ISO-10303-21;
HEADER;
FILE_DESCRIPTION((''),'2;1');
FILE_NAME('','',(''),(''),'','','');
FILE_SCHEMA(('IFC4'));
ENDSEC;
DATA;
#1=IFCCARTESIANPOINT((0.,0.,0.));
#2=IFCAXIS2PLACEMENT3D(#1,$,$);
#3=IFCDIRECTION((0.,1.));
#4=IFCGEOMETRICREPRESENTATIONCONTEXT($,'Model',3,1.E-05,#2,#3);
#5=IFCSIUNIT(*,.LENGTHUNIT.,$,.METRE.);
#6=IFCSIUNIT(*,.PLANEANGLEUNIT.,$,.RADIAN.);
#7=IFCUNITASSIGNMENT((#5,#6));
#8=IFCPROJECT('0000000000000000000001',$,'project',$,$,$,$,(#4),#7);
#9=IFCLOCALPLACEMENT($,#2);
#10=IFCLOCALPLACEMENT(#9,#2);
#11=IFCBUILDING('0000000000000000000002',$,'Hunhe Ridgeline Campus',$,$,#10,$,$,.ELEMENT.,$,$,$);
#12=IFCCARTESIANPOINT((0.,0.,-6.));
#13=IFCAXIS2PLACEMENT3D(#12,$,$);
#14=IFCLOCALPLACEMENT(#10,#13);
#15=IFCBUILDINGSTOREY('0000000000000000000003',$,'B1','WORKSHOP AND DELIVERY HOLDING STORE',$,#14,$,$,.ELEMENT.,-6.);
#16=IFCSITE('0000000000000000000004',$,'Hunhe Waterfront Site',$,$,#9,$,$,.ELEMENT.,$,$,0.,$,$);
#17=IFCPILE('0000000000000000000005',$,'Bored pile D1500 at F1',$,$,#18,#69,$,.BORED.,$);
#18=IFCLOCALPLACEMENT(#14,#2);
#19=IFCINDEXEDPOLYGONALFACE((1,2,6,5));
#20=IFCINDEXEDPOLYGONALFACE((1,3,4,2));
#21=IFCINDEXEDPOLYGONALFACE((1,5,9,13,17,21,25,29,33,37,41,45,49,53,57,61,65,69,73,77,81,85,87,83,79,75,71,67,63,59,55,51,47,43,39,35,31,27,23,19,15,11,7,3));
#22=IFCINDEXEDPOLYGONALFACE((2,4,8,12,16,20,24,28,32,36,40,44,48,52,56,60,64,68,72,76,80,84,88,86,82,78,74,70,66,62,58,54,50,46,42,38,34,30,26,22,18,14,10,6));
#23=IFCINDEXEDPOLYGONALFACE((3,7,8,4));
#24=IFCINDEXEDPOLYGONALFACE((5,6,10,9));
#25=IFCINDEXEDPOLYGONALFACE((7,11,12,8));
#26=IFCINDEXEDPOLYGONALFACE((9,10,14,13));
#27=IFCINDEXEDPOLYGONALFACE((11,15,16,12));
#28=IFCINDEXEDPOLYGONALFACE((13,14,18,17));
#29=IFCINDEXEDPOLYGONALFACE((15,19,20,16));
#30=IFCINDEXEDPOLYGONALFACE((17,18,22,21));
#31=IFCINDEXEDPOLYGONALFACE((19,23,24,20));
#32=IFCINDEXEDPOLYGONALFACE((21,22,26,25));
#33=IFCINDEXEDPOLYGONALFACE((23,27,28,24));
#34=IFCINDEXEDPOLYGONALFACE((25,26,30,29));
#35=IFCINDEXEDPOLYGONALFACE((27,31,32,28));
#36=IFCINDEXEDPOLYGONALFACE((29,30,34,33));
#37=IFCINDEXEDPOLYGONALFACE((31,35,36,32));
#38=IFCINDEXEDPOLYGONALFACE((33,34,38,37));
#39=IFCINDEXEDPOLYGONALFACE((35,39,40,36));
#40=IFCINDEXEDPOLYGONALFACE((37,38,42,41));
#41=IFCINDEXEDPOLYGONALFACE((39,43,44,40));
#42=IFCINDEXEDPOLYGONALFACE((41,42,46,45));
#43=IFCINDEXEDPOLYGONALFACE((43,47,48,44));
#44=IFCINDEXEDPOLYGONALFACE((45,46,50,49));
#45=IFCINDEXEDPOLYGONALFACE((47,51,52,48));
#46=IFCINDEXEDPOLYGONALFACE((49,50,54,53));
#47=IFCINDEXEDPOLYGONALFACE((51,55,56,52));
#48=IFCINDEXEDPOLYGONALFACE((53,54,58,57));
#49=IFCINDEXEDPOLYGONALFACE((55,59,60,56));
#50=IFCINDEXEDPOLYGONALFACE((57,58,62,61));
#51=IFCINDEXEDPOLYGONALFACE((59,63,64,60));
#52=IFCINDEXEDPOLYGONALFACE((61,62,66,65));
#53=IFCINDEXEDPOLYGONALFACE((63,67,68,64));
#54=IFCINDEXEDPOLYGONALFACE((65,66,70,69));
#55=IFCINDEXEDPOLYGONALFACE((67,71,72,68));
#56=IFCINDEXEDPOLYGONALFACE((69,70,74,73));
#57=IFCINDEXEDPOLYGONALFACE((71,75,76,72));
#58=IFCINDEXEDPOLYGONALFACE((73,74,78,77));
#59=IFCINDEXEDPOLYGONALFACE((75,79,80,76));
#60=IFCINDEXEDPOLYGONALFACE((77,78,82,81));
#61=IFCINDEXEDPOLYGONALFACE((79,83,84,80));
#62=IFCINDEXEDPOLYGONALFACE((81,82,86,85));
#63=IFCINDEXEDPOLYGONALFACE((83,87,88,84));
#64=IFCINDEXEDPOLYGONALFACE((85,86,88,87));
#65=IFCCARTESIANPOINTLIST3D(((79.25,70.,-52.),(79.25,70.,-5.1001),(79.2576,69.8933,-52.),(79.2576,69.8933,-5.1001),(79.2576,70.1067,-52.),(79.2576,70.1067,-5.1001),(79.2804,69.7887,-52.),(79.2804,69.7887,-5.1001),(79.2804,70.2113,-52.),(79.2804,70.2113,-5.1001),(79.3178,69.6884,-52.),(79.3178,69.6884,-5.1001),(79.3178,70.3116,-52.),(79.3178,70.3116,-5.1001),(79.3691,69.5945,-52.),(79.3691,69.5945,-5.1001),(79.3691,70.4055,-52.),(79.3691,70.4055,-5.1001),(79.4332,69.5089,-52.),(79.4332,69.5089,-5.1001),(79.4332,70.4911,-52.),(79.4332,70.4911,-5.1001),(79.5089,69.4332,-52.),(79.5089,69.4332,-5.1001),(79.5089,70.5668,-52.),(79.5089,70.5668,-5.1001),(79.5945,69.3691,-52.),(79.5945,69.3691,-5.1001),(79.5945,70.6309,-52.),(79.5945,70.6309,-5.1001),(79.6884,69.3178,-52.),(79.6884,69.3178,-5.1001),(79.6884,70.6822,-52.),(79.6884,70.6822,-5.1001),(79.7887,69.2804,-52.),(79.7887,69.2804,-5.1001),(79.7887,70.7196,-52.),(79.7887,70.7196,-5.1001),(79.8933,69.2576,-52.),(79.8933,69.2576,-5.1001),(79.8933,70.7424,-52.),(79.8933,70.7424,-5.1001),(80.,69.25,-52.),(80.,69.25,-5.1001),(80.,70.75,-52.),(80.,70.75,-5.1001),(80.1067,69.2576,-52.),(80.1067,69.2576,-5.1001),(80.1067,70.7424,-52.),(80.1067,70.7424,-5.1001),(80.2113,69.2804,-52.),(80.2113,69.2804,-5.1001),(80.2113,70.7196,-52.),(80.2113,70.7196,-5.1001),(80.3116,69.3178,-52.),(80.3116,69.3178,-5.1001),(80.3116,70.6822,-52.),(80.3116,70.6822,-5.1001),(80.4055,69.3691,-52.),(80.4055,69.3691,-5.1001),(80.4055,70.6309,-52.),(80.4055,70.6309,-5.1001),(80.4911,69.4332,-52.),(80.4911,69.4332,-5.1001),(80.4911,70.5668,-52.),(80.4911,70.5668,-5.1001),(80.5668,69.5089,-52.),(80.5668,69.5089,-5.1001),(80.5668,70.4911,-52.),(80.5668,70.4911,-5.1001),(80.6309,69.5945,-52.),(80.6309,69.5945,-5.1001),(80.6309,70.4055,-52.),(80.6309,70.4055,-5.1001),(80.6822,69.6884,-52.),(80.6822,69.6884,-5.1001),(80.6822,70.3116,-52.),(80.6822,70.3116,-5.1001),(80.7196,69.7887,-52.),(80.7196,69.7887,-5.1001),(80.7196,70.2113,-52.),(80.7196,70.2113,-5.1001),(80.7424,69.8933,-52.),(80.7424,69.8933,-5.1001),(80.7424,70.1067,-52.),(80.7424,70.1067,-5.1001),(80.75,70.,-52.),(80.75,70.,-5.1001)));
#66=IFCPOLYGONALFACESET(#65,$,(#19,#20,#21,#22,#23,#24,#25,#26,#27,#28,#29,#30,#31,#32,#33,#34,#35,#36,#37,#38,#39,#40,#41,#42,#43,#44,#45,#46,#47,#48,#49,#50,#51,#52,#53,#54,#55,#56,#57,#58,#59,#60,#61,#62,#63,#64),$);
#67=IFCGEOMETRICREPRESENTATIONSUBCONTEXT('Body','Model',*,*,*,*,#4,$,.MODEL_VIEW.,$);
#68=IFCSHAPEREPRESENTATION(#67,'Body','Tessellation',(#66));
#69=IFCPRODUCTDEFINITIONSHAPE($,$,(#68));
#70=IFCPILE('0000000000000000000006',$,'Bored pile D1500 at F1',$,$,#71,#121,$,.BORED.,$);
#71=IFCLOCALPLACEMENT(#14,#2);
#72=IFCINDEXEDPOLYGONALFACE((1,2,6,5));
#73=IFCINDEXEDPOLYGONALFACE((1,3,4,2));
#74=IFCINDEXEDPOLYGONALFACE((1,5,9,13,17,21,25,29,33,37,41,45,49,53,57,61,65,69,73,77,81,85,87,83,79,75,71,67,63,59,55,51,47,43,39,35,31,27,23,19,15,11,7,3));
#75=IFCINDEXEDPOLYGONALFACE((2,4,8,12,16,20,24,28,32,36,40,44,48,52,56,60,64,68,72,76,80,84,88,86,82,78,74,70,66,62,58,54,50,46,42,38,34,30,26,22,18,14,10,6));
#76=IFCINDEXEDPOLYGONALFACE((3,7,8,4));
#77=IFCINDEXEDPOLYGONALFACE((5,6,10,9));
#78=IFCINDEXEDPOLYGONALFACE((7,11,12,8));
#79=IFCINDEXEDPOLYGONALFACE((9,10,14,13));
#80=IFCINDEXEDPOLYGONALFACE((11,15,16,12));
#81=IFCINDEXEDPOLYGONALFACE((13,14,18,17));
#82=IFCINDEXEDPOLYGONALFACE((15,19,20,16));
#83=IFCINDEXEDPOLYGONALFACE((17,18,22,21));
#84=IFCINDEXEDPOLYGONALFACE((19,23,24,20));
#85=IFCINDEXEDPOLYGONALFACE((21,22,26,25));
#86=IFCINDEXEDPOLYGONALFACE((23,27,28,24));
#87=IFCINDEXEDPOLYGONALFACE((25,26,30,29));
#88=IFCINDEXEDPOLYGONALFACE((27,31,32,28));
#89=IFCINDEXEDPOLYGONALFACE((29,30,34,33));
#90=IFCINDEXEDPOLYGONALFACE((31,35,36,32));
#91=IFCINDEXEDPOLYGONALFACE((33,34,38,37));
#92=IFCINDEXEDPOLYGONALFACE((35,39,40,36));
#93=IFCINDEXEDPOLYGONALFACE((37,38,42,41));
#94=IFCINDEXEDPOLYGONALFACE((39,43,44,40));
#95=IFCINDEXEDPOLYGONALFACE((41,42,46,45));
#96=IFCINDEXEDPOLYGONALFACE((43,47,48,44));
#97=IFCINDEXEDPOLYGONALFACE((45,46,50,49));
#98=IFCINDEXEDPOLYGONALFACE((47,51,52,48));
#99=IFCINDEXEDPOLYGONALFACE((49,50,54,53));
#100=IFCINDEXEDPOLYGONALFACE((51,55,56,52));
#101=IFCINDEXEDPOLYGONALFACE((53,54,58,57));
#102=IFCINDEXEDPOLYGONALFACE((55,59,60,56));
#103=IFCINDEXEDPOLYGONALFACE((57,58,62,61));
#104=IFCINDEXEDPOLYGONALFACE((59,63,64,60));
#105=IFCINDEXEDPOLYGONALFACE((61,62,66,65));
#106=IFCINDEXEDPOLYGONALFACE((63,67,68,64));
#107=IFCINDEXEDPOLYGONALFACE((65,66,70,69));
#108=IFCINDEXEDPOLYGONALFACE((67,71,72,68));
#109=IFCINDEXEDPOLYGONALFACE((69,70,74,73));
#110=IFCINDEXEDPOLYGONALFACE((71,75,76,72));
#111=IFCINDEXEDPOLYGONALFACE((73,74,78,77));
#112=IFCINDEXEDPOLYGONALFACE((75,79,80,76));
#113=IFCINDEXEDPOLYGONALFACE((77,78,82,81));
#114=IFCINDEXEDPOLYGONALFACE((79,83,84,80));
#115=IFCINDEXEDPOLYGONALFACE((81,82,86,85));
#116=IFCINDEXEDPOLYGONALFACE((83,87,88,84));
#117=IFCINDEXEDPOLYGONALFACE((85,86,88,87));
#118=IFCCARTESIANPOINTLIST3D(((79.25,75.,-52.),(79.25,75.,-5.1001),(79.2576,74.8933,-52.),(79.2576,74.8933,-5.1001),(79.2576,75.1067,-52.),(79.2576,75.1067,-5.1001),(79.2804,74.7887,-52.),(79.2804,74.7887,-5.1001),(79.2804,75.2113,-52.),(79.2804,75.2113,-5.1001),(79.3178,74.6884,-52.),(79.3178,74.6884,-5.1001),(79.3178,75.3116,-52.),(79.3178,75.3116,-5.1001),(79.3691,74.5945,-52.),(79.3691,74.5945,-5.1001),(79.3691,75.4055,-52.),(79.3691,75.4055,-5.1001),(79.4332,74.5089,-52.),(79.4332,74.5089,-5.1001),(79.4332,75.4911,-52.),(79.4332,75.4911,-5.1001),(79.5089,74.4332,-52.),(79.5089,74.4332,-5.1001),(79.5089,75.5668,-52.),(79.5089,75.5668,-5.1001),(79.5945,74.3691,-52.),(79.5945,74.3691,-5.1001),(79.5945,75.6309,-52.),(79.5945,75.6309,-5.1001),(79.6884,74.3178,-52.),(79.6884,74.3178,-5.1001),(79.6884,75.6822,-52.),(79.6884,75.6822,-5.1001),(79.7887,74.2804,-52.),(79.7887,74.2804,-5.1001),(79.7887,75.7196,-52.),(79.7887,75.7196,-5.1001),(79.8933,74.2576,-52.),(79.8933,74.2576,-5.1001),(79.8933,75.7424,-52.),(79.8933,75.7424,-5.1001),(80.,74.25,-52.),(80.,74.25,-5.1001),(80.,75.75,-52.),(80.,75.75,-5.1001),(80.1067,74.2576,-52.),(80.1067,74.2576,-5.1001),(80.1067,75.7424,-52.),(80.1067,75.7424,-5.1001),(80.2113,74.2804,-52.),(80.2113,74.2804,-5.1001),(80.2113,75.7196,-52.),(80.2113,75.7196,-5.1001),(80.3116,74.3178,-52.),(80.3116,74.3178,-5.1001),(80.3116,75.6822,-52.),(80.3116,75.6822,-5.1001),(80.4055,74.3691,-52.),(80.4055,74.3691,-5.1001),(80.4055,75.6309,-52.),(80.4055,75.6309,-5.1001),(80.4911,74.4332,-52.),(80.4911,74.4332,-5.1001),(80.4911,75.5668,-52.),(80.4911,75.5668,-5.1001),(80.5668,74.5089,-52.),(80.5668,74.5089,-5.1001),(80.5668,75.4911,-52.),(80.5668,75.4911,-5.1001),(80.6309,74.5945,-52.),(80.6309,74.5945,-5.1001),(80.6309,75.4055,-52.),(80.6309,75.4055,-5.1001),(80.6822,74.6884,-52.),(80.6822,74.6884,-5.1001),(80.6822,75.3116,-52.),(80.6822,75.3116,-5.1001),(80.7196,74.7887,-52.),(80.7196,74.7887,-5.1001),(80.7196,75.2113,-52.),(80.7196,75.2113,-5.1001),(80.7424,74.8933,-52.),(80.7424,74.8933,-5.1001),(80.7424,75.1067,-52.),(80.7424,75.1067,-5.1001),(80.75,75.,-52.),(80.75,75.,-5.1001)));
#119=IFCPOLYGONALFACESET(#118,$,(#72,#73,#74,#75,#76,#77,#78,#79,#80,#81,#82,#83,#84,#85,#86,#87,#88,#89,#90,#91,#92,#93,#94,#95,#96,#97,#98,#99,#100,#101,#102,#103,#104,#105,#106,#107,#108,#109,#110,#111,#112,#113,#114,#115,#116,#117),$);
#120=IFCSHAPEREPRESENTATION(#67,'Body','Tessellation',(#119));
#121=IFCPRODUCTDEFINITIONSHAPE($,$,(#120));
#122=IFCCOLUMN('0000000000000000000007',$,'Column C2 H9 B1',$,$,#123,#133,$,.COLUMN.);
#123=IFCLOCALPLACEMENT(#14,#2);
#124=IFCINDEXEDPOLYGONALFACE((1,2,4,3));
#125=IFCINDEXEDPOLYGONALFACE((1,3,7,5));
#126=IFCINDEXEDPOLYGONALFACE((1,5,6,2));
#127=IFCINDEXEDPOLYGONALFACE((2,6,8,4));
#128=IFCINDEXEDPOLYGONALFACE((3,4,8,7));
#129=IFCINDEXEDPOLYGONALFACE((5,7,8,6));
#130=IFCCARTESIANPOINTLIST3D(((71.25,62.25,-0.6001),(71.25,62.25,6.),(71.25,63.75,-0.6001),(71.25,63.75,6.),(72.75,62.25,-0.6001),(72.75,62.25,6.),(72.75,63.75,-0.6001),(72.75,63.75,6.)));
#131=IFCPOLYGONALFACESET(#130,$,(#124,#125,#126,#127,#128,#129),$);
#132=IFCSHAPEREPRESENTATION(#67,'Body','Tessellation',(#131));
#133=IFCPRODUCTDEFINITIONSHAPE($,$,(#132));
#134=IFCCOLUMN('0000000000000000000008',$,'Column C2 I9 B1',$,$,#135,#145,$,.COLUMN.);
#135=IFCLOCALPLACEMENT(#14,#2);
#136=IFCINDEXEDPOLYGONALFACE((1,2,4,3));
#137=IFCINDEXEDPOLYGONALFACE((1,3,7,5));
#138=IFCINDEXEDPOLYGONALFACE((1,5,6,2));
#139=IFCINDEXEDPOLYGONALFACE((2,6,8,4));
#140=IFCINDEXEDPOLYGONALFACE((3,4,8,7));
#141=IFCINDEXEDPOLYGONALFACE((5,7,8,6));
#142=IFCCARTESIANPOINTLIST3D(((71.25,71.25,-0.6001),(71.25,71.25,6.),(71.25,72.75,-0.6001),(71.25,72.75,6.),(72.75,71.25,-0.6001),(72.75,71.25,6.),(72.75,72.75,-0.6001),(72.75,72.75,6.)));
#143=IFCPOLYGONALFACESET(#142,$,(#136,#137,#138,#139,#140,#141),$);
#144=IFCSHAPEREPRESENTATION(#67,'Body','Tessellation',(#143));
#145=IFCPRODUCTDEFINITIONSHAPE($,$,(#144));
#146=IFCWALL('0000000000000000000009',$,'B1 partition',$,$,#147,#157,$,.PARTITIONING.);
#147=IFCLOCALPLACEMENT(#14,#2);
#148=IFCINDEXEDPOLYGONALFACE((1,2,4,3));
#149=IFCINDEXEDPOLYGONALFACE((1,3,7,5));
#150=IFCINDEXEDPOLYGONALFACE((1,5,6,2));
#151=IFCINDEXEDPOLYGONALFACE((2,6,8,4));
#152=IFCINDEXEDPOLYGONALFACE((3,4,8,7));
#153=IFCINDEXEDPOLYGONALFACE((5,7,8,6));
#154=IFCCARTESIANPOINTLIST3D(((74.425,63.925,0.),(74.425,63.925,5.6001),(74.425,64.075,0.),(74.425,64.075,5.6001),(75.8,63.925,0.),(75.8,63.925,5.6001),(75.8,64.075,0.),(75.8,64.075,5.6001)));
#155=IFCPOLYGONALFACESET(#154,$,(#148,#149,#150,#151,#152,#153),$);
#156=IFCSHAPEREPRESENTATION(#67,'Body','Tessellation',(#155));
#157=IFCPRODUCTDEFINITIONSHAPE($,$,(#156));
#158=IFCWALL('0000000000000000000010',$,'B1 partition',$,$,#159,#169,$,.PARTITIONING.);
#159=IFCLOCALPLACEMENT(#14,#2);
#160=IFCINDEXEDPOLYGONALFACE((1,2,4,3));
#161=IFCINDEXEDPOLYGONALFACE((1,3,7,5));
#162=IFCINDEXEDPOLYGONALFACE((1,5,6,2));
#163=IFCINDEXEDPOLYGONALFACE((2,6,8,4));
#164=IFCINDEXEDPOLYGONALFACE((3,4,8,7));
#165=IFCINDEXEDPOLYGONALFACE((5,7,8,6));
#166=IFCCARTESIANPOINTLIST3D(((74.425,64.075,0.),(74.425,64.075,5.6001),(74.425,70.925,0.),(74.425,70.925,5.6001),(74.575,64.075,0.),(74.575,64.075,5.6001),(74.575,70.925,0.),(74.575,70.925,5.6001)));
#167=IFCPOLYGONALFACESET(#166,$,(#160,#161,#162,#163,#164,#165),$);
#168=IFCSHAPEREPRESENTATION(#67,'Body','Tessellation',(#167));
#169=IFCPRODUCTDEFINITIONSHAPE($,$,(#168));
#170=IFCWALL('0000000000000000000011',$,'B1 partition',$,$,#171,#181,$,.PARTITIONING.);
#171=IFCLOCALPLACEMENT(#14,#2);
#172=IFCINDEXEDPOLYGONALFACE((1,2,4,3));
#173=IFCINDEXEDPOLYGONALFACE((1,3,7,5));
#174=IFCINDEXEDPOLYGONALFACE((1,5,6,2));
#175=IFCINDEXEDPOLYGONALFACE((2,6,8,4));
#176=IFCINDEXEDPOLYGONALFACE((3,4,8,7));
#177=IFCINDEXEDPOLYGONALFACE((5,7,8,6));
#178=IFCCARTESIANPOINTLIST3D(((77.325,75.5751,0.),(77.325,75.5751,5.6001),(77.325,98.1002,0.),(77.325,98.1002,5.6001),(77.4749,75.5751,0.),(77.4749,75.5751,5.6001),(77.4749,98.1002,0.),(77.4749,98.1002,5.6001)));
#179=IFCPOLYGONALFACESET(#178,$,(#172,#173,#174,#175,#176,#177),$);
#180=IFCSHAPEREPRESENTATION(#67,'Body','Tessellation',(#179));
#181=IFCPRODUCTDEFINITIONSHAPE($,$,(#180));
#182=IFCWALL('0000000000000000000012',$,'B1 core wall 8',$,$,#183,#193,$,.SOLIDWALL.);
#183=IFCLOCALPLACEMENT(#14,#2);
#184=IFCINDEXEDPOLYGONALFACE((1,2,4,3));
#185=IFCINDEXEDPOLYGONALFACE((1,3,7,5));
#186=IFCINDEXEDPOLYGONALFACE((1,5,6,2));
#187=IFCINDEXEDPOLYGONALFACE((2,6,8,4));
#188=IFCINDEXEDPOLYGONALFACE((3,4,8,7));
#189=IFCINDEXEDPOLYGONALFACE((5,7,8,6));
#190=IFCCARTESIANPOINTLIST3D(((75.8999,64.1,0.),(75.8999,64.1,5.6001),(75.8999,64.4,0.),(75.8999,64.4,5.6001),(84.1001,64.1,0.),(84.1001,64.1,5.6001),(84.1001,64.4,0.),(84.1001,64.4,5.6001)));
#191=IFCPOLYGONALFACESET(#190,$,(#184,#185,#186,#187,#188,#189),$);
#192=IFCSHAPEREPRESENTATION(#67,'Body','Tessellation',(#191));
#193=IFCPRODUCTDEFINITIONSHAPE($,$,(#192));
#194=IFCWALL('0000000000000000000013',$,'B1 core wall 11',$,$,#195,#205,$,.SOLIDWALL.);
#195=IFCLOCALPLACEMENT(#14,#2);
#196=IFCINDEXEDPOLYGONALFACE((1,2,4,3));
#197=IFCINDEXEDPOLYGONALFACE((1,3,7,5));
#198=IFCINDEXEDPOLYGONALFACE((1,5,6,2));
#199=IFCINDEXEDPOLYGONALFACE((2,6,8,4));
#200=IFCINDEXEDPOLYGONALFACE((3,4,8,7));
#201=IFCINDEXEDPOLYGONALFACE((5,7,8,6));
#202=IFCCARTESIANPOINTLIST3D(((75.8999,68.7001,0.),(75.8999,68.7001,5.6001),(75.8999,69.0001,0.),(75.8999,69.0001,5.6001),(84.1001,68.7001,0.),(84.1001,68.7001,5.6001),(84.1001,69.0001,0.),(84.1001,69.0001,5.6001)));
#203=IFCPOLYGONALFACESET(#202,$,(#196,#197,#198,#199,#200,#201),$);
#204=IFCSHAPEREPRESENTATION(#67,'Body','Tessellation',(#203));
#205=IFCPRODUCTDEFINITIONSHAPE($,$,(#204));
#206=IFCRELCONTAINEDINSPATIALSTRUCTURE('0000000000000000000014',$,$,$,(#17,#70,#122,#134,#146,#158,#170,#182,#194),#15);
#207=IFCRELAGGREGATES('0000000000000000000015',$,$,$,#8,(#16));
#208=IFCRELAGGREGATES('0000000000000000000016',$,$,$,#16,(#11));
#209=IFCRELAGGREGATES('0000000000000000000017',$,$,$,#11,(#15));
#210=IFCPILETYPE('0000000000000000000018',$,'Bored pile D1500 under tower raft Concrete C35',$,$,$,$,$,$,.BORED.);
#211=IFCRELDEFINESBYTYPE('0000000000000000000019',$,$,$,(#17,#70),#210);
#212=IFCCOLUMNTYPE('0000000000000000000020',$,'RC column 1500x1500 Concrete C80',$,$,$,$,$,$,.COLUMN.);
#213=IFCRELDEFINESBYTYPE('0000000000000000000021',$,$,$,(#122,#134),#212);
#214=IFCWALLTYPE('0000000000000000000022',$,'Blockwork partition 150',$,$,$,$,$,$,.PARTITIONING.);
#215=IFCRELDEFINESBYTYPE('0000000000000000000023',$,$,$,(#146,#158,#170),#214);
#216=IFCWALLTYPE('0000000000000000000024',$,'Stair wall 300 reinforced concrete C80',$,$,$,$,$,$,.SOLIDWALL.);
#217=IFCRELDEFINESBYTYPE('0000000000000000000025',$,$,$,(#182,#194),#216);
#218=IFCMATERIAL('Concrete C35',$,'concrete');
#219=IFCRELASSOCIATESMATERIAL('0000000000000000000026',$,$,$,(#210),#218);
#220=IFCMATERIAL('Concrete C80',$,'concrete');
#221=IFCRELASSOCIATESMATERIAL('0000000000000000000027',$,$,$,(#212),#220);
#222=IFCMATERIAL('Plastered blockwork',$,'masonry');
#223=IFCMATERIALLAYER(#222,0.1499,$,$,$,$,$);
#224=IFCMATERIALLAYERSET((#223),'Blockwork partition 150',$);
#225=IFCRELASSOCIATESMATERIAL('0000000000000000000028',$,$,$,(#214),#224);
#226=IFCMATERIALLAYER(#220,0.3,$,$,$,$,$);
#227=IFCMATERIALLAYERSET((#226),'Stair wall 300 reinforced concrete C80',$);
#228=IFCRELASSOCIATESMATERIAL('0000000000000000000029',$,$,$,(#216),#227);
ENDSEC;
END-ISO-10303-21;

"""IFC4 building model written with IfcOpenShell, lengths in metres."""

from ifc_helpers import new_model, si_unit, direction, frame, frame_2d, origin, origin_2d, place, context, subcontext, project, spatial, rectangle, circle, extrude, material, layer, layer_set, material_profile, profile_set, type_object, element, save


model = new_model("IFC4")

# Units and contexts
model_context = context("Model", 3, precision=1e-05, world=origin(), true_north=direction((0.0, 1.0)))
body_context = subcontext(model_context, "Body", "Model", "MODEL_VIEW")
ifc_project = project(units=[si_unit("LENGTHUNIT", "METRE"), si_unit("PLANEANGLEUNIT", "RADIAN")], contexts=[model_context])

# Site, building, storey
site_placement = place(None, origin())
site = spatial("IfcSite", under=ifc_project, at=site_placement, Name="Hunhe Waterfront Site", CompositionType="ELEMENT", RefElevation=0.0)
building_placement = place(site_placement, origin())
building = spatial("IfcBuilding", under=site, at=building_placement, Name="Hunhe Ridgeline Campus", CompositionType="ELEMENT")
storey_placement = place(building_placement, frame((0.0, 0.0, -6.0)))
storey = spatial("IfcBuildingStorey", under=building, at=storey_placement, Name="B1", Description="WORKSHOP AND DELIVERY HOLDING STORE", CompositionType="ELEMENT", Elevation=-6.0)

# Piles
ifc_material_1 = material(Name="Concrete C35", Category="concrete")
ifc_material_profile_1 = material_profile(ifc_material_1, circle(Radius=0.75, at=origin_2d()))
ifc_profile_set_1 = profile_set([ifc_material_profile_1], Name="Concrete C35")
pile_type = type_object("IfcPileType", Name="Bored pile D1500 under tower raft Concrete C35", PredefinedType="BORED", material=ifc_profile_set_1)
for number, where, z_axis, x_axis, name in (
    (1, (80.0, 70.0, -5.1001), (0.0, 0.0, -1.0), (1.0, 0.0, 0.0), "Bored pile D1500 at F1"),
    (2, (80.0, 75.0, -5.1001), (0.0, 0.0, -1.0), (1.0, 0.0, 0.0), "Bored pile D1500 at F1"),
):
    element("IfcPile", number, at=place(storey_placement, frame(where, z_axis=z_axis, x_axis=x_axis)), inside=storey, type_object=pile_type, Name=name, PredefinedType="BORED", context=body_context, shape_type="SweptSolid", body=[
        extrude(circle(Radius=0.75, at=origin_2d()), origin(), (0.0, 0.0, 1.0), 46.8999),
    ])

# Columns
ifc_material_2 = material(Name="Concrete C80", Category="concrete")
ifc_material_profile_2 = material_profile(ifc_material_2, rectangle(XDim=1.5, YDim=1.5, at=origin_2d()))
ifc_profile_set_2 = profile_set([ifc_material_profile_2], Name="Concrete C80")
column_type = type_object("IfcColumnType", Name="RC column 1500x1500 Concrete C80", PredefinedType="COLUMN", material=ifc_profile_set_2)
for number, where, z_axis, x_axis, name in (
    (3, (72.0, 63.0, -0.6001), (0.0, 0.0, 1.0), (1.0, 0.0, 0.0), "Column C2 H9 B1"),
    (4, (72.0, 72.0, -0.6001), (0.0, 0.0, 1.0), (1.0, 0.0, 0.0), "Column C2 I9 B1"),
):
    element("IfcColumn", number, at=place(storey_placement, frame(where, z_axis=z_axis, x_axis=x_axis)), inside=storey, type_object=column_type, Name=name, PredefinedType="COLUMN", context=body_context, shape_type="SweptSolid", body=[
        extrude(rectangle(XDim=1.5, YDim=1.5, at=origin_2d()), origin(), (0.0, 0.0, 1.0), 6.6001),
    ])

# Walls
ifc_material_3 = material(Name="Plastered blockwork", Category="masonry")
ifc_layer_1 = layer(ifc_material_3, 0.1499)
ifc_layer_set_1 = layer_set([ifc_layer_1], Name="Blockwork partition 150")
wall_type_1 = type_object("IfcWallType", Name="Blockwork partition 150", PredefinedType="PARTITIONING", material=ifc_layer_set_1)
wall_1_placement = place(storey_placement, frame((74.425, 64.0, 0.0), z_axis=(0.0, 0.0, 1.0), x_axis=(1.0, 0.0, 0.0)))
element("IfcWall", 5, at=wall_1_placement, inside=storey, type_object=wall_type_1, Name="B1 partition", PredefinedType="PARTITIONING", context=body_context, shape_type="SweptSolid", body=[
    extrude(rectangle(XDim=1.375, YDim=0.1499, at=frame_2d((0.6875, 0.0))), origin(), (0.0, 0.0, 1.0), 5.6001),
])
wall_2_placement = place(storey_placement, frame((74.5, 70.925, 0.0), z_axis=(0.0, 0.0, 1.0), x_axis=(0.0, -1.0, 0.0)))
element("IfcWall", 6, at=wall_2_placement, inside=storey, type_object=wall_type_1, Name="B1 partition", PredefinedType="PARTITIONING", context=body_context, shape_type="SweptSolid", body=[
    extrude(rectangle(XDim=6.8501, YDim=0.1499, at=frame_2d((3.425, 0.0))), origin(), (0.0, 0.0, 1.0), 5.6001),
])
wall_3_placement = place(storey_placement, frame((77.3999, 75.575, 0.0), z_axis=(0.0, 0.0, 1.0), x_axis=(0.0, 1.0, 0.0)))
element("IfcWall", 7, at=wall_3_placement, inside=storey, type_object=wall_type_1, Name="B1 partition", PredefinedType="PARTITIONING", context=body_context, shape_type="SweptSolid", body=[
    extrude(rectangle(XDim=22.5251, YDim=0.1499, at=frame_2d((11.2627, 0.0))), origin(), (0.0, 0.0, 1.0), 5.6001),
])
ifc_layer_2 = layer(ifc_material_2, 0.3)
ifc_layer_set_2 = layer_set([ifc_layer_2], Name="Stair wall 300 reinforced concrete C80")
wall_type_2 = type_object("IfcWallType", Name="Stair wall 300 reinforced concrete C80", PredefinedType="SOLIDWALL", material=ifc_layer_set_2)
for number, where, z_axis, x_axis, name in (
    (8, (75.8999, 64.25, 0.0), (0.0, 0.0, 1.0), (1.0, 0.0, 0.0), "B1 core wall 8"),
    (9, (75.8999, 68.8501, 0.0), (0.0, 0.0, 1.0), (1.0, 0.0, 0.0), "B1 core wall 11"),
):
    element("IfcWall", number, at=place(storey_placement, frame(where, z_axis=z_axis, x_axis=x_axis)), inside=storey, type_object=wall_type_2, Name=name, PredefinedType="SOLIDWALL", context=body_context, shape_type="SweptSolid", body=[
        extrude(rectangle(XDim=8.2002, YDim=0.3, at=frame_2d((4.1001, 0.0))), origin(), (0.0, 0.0, 1.0), 5.6001),
    ])

save(model, "model.ifc")
